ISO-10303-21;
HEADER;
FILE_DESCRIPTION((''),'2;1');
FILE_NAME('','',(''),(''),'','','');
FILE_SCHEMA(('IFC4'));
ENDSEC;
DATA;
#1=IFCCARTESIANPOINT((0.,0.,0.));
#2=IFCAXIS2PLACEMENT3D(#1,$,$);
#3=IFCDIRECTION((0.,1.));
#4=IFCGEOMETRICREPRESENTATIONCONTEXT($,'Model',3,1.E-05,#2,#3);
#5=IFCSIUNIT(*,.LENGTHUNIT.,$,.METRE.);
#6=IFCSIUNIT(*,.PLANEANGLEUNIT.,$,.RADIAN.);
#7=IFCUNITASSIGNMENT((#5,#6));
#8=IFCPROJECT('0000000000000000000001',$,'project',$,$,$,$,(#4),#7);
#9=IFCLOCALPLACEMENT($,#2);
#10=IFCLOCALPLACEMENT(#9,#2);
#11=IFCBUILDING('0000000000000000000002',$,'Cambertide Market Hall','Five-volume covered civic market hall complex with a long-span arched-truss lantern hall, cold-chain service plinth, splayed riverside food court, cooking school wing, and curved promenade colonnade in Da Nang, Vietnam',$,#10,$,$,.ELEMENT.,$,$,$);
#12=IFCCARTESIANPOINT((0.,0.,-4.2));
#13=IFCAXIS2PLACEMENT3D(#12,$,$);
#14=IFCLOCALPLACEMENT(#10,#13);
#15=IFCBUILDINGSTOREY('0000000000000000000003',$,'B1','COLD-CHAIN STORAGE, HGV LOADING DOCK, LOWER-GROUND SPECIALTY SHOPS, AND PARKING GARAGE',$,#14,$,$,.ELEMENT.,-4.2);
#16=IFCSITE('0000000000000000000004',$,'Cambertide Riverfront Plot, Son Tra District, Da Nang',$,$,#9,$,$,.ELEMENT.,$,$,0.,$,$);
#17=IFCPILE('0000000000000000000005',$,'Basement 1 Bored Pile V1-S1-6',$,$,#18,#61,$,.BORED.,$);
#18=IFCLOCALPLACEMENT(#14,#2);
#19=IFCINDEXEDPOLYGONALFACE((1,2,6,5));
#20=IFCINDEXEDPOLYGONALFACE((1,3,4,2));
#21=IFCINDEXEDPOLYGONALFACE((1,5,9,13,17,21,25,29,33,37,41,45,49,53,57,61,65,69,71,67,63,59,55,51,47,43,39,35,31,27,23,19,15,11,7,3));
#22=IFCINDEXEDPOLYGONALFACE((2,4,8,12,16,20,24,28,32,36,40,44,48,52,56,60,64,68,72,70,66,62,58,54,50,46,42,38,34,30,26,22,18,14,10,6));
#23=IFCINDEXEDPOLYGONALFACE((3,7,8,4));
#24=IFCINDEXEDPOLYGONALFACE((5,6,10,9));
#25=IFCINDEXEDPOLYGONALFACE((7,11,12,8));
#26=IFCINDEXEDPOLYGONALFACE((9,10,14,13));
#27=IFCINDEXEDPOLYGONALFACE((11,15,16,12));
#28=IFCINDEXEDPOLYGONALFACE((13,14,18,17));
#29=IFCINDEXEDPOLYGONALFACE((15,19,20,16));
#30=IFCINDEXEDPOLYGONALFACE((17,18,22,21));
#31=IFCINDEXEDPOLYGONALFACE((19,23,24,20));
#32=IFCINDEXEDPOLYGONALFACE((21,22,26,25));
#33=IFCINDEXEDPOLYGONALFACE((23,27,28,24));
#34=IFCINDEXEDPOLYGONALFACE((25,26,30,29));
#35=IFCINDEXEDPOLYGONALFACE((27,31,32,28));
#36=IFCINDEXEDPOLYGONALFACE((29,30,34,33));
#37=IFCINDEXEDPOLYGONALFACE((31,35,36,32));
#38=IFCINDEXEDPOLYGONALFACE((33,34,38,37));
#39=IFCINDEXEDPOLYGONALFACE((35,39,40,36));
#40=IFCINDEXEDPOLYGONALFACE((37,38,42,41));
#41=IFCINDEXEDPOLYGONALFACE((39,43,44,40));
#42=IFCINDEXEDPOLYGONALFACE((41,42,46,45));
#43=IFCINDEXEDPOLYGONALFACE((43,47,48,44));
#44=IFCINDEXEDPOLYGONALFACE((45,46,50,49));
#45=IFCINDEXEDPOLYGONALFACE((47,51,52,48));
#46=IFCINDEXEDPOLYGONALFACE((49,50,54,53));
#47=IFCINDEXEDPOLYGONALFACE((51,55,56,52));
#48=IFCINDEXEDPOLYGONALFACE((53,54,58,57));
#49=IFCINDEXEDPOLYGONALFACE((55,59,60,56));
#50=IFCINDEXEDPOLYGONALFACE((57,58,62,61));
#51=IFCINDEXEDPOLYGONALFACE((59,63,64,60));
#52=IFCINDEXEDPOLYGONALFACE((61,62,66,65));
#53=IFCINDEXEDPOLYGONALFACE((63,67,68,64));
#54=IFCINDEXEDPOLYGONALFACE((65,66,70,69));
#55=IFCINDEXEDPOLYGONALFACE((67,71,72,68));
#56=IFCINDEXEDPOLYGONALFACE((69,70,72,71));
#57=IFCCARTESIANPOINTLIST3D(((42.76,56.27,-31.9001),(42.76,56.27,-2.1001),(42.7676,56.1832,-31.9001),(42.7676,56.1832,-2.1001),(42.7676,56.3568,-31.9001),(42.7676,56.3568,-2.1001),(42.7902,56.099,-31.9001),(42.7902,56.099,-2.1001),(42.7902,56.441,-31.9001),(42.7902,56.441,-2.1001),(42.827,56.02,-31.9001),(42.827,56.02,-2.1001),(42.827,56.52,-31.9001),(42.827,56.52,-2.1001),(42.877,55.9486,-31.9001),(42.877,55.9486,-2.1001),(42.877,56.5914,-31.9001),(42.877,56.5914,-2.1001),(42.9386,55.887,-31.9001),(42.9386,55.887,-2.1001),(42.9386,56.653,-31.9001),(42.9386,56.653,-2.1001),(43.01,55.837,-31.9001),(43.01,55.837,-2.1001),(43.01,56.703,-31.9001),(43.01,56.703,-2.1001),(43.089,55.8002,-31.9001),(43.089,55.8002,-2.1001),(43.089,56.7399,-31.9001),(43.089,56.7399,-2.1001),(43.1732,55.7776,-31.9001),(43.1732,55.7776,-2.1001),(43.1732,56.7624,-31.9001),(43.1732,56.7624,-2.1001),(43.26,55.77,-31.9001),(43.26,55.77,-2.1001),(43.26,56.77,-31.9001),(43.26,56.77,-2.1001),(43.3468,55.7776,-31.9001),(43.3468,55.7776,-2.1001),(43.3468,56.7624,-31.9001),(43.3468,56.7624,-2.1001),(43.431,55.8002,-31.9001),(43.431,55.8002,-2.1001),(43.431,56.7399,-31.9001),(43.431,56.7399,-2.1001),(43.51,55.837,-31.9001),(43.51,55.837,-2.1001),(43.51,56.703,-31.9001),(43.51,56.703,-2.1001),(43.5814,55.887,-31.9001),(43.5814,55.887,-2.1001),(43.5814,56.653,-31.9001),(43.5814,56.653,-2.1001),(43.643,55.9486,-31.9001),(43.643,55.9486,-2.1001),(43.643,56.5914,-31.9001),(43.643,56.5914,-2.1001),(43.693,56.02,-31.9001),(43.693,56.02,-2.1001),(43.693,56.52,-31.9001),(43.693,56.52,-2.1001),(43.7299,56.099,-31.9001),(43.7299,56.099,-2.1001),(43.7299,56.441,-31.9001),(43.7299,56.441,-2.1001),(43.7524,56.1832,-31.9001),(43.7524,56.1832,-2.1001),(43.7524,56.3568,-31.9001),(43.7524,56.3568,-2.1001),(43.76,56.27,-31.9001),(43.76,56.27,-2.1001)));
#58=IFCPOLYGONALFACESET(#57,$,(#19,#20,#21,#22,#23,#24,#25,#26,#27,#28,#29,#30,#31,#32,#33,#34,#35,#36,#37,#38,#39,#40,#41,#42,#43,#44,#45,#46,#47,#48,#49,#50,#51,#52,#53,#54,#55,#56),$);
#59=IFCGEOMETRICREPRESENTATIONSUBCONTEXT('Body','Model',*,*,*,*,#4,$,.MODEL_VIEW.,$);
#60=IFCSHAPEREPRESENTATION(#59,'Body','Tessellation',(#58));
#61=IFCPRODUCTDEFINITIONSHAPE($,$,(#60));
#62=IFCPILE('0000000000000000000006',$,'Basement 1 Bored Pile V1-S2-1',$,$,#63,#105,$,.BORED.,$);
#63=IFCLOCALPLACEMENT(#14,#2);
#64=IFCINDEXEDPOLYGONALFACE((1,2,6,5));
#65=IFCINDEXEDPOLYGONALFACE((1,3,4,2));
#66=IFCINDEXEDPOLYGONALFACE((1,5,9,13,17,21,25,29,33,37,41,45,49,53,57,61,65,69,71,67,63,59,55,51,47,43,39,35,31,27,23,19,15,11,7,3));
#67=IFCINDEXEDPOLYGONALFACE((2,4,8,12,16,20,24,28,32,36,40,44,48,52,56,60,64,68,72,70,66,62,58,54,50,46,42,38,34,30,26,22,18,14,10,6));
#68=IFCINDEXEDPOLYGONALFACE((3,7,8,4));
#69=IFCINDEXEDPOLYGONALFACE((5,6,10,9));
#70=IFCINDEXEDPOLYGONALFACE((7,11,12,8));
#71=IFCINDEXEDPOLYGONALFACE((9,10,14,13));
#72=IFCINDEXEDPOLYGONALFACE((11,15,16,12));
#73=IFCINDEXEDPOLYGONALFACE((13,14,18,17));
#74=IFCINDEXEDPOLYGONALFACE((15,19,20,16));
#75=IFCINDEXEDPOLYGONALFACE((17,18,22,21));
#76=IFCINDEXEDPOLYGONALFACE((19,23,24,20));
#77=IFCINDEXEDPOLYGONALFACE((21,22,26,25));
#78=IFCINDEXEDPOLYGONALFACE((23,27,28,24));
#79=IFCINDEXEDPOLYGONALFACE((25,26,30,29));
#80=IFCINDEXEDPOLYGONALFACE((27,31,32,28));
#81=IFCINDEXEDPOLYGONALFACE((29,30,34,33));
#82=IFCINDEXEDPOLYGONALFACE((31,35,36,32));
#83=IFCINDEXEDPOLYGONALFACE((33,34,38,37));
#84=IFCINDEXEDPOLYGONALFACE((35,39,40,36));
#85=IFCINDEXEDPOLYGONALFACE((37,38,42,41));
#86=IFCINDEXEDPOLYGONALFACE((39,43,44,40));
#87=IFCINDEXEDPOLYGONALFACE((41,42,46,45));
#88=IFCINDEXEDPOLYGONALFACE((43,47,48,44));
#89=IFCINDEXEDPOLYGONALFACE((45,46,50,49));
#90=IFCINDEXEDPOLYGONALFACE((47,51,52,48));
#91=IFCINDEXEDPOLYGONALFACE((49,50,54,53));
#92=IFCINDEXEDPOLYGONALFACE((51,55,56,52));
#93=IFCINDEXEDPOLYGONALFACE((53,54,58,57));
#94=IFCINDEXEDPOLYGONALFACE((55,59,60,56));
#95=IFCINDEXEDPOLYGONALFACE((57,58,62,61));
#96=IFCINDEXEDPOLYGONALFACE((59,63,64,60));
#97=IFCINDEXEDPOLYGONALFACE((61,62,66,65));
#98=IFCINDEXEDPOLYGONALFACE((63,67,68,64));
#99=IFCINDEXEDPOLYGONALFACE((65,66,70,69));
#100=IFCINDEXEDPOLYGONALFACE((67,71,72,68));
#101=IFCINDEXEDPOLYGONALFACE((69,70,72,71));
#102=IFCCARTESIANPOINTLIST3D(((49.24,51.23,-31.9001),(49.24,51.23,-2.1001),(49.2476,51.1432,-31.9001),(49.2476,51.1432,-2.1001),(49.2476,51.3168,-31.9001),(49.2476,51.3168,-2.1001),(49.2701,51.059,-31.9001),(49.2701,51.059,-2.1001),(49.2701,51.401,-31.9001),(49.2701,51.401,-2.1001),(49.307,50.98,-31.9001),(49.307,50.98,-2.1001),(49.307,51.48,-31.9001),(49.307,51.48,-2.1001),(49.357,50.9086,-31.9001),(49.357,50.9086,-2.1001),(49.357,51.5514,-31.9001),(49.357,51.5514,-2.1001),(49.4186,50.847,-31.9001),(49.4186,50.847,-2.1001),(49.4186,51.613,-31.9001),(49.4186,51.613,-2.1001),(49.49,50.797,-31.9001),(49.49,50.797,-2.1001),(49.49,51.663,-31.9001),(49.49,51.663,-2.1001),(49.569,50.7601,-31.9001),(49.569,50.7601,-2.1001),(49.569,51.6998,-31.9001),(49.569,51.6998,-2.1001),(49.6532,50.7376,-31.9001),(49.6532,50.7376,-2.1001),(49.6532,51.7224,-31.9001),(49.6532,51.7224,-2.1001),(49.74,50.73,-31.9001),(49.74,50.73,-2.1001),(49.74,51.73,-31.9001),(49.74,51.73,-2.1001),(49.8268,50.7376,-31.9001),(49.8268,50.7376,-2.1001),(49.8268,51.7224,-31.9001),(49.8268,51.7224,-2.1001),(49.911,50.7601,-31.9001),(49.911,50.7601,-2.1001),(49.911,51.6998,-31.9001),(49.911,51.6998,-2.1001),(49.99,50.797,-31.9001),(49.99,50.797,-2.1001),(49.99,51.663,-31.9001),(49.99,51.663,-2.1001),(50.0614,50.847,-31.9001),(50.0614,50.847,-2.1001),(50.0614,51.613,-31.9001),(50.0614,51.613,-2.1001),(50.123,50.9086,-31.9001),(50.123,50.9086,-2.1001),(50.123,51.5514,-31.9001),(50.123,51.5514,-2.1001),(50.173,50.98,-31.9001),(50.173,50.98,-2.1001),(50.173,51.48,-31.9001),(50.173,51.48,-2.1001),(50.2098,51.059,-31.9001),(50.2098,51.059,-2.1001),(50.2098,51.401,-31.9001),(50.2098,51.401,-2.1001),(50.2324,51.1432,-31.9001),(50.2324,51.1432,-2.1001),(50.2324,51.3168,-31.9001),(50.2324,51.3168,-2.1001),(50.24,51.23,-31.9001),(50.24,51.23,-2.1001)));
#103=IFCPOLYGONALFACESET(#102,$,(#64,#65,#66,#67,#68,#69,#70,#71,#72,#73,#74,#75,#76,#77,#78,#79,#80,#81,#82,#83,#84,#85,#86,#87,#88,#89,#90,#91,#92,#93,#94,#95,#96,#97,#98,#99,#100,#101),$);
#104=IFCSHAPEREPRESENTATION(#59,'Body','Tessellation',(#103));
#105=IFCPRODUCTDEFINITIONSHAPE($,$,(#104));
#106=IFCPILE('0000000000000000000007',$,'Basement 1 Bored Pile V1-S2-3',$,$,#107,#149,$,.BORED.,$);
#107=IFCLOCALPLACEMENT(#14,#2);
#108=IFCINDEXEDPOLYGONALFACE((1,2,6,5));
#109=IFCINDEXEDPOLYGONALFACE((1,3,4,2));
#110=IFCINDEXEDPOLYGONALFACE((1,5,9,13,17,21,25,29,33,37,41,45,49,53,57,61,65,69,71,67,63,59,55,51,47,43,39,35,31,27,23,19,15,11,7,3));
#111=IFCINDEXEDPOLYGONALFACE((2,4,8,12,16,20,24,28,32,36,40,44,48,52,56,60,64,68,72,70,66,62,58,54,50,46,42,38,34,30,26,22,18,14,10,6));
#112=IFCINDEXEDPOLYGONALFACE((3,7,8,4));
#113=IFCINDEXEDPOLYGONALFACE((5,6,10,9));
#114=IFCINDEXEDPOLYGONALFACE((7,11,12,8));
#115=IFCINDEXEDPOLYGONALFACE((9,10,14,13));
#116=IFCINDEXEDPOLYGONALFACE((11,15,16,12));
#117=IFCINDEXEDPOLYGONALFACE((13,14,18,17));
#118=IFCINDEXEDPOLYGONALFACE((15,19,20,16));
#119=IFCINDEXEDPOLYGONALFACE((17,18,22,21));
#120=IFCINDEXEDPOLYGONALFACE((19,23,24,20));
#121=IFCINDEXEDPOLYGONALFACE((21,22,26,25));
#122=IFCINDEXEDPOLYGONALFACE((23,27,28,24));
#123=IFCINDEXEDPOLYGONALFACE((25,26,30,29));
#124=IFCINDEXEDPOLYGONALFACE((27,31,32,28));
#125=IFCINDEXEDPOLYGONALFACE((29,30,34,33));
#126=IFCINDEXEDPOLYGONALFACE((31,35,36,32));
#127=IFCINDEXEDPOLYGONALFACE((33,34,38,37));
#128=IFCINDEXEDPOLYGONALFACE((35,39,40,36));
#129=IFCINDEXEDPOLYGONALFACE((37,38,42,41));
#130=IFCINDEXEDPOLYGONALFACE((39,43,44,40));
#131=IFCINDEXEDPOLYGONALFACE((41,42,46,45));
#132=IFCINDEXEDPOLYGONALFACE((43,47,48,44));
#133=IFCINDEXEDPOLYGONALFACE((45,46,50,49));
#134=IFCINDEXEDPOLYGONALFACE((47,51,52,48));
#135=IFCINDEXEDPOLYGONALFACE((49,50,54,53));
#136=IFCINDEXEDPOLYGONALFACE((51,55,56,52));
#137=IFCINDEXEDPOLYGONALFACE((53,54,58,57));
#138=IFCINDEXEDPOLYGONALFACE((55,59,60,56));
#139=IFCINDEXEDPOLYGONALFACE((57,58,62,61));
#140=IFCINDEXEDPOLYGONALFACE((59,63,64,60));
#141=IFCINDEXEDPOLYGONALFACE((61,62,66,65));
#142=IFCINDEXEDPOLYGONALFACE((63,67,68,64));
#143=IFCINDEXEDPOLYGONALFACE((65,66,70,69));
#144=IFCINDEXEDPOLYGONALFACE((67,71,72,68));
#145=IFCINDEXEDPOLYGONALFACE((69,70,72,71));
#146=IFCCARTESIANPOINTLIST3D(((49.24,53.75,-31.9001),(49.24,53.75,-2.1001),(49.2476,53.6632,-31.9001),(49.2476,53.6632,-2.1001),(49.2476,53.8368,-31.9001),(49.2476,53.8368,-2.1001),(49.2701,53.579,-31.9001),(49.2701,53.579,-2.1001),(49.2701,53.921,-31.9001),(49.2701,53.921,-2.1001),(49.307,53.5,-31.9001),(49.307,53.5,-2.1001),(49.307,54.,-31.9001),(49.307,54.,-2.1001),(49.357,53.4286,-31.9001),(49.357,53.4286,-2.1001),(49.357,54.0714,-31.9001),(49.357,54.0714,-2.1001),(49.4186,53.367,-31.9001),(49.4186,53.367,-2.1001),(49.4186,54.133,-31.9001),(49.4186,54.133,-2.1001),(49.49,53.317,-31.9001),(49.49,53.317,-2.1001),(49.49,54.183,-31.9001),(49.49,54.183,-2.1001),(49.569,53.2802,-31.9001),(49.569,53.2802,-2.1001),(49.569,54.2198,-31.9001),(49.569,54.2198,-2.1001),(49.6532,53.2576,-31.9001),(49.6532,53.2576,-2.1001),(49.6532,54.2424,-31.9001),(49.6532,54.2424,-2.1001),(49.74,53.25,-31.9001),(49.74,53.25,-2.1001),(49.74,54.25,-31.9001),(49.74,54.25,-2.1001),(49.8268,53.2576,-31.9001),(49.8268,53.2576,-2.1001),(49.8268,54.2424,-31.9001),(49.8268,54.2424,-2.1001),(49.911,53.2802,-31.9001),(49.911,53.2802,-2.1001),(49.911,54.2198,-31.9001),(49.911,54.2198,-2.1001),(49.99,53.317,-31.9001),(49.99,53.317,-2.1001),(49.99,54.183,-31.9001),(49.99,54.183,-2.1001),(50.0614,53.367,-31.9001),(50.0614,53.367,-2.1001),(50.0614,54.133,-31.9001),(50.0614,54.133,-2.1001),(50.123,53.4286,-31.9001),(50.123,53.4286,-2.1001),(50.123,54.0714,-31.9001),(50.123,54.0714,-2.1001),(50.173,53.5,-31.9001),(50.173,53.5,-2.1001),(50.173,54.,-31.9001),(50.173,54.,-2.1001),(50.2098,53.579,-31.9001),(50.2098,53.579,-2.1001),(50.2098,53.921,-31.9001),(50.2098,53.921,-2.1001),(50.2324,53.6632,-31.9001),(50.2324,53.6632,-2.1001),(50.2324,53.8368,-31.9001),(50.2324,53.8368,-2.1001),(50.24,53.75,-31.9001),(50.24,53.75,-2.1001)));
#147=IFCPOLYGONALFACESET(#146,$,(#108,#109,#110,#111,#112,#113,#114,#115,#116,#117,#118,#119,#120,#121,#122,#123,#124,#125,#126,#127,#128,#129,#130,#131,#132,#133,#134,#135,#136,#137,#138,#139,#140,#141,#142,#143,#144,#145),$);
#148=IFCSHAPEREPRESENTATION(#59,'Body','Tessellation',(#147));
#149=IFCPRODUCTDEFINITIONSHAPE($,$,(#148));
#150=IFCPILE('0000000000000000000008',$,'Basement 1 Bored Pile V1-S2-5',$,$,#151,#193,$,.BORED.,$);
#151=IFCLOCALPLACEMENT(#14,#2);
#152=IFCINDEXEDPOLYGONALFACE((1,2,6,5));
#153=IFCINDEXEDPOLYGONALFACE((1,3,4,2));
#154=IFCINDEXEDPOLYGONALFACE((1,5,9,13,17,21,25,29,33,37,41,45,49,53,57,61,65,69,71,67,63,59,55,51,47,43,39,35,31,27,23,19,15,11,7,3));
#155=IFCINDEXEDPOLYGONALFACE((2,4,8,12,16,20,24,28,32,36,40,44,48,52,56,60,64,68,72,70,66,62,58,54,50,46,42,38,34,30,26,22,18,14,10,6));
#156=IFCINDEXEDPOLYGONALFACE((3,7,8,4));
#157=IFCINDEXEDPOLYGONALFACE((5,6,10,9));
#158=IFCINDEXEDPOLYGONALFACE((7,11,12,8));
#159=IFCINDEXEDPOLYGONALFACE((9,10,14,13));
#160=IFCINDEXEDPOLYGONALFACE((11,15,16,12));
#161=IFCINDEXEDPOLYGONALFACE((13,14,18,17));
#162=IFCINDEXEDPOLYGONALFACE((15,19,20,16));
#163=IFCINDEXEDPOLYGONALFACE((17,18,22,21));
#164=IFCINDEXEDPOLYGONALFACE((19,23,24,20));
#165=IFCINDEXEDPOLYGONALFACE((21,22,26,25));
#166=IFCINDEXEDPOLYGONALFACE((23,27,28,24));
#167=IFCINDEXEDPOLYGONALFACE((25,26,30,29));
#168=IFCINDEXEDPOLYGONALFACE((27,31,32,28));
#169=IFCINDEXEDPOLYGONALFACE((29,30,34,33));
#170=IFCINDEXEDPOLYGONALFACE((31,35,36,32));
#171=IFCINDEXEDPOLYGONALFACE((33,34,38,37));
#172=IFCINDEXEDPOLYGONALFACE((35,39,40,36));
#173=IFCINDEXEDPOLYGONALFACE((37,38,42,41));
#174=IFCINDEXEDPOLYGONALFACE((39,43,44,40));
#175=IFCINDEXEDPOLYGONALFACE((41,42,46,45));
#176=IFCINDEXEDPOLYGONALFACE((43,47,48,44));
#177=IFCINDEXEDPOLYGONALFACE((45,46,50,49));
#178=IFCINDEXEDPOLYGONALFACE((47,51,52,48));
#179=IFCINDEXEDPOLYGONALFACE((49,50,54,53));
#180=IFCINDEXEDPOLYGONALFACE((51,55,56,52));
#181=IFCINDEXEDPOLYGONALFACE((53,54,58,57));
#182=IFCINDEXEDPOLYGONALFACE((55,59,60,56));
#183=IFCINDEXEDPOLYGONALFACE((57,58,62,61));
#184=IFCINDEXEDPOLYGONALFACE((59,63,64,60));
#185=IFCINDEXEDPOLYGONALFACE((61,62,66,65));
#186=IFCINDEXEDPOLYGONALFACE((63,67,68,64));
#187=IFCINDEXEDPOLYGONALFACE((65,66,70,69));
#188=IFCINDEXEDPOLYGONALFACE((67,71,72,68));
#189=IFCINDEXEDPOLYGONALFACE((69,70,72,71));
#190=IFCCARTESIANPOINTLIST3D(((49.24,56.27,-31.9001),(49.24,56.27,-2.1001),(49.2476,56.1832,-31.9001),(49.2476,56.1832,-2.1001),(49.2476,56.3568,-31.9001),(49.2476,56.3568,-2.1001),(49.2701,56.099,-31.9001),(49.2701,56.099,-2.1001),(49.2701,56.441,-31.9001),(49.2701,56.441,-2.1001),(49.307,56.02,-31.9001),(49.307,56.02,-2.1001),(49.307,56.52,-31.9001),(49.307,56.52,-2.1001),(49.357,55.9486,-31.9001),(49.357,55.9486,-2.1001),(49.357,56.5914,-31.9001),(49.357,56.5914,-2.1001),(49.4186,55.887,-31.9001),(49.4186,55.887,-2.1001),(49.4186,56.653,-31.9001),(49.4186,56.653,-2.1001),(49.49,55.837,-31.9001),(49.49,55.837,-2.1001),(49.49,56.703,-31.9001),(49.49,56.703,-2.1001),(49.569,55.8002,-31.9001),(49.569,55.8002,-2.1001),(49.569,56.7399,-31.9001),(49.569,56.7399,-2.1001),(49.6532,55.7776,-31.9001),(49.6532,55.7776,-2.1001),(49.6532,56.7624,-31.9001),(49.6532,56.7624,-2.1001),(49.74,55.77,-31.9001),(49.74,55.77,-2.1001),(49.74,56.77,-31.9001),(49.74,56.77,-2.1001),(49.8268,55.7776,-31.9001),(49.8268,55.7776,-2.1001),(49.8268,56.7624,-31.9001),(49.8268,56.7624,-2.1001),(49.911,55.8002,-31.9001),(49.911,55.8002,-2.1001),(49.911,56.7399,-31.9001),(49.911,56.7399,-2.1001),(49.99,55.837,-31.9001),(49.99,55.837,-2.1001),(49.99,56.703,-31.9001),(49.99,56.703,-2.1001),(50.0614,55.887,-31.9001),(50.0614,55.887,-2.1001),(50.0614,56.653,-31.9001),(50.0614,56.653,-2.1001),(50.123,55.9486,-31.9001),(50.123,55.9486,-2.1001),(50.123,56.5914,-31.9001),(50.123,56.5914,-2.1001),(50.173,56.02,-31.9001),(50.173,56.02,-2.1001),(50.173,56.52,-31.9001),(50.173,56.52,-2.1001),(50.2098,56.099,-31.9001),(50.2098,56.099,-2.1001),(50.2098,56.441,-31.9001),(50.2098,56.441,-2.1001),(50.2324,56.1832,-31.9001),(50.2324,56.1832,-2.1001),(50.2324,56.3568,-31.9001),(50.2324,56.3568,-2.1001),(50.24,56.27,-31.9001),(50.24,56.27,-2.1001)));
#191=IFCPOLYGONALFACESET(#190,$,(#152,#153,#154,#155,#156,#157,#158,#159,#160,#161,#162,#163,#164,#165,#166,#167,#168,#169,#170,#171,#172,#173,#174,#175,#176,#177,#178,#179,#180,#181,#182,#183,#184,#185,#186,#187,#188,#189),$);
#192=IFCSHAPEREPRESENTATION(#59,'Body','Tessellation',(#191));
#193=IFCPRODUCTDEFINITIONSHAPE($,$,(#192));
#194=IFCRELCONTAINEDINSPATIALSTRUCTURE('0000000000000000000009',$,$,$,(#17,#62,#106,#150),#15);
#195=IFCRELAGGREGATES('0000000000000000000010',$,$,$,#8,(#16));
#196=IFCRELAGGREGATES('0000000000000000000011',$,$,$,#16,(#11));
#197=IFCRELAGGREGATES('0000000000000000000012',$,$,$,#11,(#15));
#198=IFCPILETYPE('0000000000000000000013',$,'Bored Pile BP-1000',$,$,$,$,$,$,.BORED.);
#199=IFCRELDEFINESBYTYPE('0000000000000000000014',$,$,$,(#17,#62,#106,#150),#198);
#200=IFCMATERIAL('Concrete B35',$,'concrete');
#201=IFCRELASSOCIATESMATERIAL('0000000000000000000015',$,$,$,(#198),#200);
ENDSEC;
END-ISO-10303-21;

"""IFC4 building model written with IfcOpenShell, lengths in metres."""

from ifc_helpers import new_model, si_unit, direction, frame, origin, origin_2d, place, context, subcontext, project, spatial, circle, extrude, material, material_profile, profile_set, type_object, element, save


model = new_model("IFC4")

# Units and contexts
model_context = context("Model", 3, precision=1e-05, world=origin(), true_north=direction((0.0, 1.0)))
body_context = subcontext(model_context, "Body", "Model", "MODEL_VIEW")
ifc_project = project(units=[si_unit("LENGTHUNIT", "METRE"), si_unit("PLANEANGLEUNIT", "RADIAN")], contexts=[model_context])

# Site, building, storey
site_placement = place(None, origin())
site = spatial("IfcSite", under=ifc_project, at=site_placement, Name="Cambertide Riverfront Plot, Son Tra District, Da Nang", CompositionType="ELEMENT", RefElevation=0.0)
building_placement = place(site_placement, origin())
building = spatial("IfcBuilding", under=site, at=building_placement, Name="Cambertide Market Hall", Description="Five-volume covered civic market hall complex with a long-span arched-truss lantern hall, cold-chain service plinth, splayed riverside food court, cooking school wing, and curved promenade colonnade in Da Nang, Vietnam", CompositionType="ELEMENT")
storey_placement = place(building_placement, frame((0.0, 0.0, -4.2)))
storey = spatial("IfcBuildingStorey", under=building, at=storey_placement, Name="B1", Description="COLD-CHAIN STORAGE, HGV LOADING DOCK, LOWER-GROUND SPECIALTY SHOPS, AND PARKING GARAGE", CompositionType="ELEMENT", Elevation=-4.2)

# Piles
ifc_material_1 = material(Name="Concrete B35", Category="concrete")
ifc_material_profile_1 = material_profile(ifc_material_1, circle(Radius=0.5, at=origin_2d()), Name="BP D1000")
ifc_profile_set_1 = profile_set([ifc_material_profile_1], Name="Concrete B35")
pile_type_1 = type_object("IfcPileType", Name="Bored Pile BP-1000", PredefinedType="BORED", material=ifc_profile_set_1)
for number, where, z_axis, x_axis, name in (
    (1, (43.26, 56.27, -2.1001), (0.0, 0.0, -1.0), (1.0, 0.0, 0.0), "Basement 1 Bored Pile V1-S1-6"),
    (2, (49.74, 51.23, -2.1001), (0.0, 0.0, -1.0), (1.0, 0.0, 0.0), "Basement 1 Bored Pile V1-S2-1"),
    (3, (49.74, 53.75, -2.1001), (0.0, 0.0, -1.0), (1.0, 0.0, 0.0), "Basement 1 Bored Pile V1-S2-3"),
    (4, (49.74, 56.27, -2.1001), (0.0, 0.0, -1.0), (1.0, 0.0, 0.0), "Basement 1 Bored Pile V1-S2-5"),
):
    element("IfcPile", number, at=place(storey_placement, frame(where, z_axis=z_axis, x_axis=x_axis)), inside=storey, type_object=pile_type_1, Name=name, PredefinedType="BORED", context=body_context, shape_type="SweptSolid", body=[
        extrude(circle(Radius=0.5, at=origin_2d()), origin(), (0.0, 0.0, 1.0), 29.8),
    ])

save(model, "model.ifc")
